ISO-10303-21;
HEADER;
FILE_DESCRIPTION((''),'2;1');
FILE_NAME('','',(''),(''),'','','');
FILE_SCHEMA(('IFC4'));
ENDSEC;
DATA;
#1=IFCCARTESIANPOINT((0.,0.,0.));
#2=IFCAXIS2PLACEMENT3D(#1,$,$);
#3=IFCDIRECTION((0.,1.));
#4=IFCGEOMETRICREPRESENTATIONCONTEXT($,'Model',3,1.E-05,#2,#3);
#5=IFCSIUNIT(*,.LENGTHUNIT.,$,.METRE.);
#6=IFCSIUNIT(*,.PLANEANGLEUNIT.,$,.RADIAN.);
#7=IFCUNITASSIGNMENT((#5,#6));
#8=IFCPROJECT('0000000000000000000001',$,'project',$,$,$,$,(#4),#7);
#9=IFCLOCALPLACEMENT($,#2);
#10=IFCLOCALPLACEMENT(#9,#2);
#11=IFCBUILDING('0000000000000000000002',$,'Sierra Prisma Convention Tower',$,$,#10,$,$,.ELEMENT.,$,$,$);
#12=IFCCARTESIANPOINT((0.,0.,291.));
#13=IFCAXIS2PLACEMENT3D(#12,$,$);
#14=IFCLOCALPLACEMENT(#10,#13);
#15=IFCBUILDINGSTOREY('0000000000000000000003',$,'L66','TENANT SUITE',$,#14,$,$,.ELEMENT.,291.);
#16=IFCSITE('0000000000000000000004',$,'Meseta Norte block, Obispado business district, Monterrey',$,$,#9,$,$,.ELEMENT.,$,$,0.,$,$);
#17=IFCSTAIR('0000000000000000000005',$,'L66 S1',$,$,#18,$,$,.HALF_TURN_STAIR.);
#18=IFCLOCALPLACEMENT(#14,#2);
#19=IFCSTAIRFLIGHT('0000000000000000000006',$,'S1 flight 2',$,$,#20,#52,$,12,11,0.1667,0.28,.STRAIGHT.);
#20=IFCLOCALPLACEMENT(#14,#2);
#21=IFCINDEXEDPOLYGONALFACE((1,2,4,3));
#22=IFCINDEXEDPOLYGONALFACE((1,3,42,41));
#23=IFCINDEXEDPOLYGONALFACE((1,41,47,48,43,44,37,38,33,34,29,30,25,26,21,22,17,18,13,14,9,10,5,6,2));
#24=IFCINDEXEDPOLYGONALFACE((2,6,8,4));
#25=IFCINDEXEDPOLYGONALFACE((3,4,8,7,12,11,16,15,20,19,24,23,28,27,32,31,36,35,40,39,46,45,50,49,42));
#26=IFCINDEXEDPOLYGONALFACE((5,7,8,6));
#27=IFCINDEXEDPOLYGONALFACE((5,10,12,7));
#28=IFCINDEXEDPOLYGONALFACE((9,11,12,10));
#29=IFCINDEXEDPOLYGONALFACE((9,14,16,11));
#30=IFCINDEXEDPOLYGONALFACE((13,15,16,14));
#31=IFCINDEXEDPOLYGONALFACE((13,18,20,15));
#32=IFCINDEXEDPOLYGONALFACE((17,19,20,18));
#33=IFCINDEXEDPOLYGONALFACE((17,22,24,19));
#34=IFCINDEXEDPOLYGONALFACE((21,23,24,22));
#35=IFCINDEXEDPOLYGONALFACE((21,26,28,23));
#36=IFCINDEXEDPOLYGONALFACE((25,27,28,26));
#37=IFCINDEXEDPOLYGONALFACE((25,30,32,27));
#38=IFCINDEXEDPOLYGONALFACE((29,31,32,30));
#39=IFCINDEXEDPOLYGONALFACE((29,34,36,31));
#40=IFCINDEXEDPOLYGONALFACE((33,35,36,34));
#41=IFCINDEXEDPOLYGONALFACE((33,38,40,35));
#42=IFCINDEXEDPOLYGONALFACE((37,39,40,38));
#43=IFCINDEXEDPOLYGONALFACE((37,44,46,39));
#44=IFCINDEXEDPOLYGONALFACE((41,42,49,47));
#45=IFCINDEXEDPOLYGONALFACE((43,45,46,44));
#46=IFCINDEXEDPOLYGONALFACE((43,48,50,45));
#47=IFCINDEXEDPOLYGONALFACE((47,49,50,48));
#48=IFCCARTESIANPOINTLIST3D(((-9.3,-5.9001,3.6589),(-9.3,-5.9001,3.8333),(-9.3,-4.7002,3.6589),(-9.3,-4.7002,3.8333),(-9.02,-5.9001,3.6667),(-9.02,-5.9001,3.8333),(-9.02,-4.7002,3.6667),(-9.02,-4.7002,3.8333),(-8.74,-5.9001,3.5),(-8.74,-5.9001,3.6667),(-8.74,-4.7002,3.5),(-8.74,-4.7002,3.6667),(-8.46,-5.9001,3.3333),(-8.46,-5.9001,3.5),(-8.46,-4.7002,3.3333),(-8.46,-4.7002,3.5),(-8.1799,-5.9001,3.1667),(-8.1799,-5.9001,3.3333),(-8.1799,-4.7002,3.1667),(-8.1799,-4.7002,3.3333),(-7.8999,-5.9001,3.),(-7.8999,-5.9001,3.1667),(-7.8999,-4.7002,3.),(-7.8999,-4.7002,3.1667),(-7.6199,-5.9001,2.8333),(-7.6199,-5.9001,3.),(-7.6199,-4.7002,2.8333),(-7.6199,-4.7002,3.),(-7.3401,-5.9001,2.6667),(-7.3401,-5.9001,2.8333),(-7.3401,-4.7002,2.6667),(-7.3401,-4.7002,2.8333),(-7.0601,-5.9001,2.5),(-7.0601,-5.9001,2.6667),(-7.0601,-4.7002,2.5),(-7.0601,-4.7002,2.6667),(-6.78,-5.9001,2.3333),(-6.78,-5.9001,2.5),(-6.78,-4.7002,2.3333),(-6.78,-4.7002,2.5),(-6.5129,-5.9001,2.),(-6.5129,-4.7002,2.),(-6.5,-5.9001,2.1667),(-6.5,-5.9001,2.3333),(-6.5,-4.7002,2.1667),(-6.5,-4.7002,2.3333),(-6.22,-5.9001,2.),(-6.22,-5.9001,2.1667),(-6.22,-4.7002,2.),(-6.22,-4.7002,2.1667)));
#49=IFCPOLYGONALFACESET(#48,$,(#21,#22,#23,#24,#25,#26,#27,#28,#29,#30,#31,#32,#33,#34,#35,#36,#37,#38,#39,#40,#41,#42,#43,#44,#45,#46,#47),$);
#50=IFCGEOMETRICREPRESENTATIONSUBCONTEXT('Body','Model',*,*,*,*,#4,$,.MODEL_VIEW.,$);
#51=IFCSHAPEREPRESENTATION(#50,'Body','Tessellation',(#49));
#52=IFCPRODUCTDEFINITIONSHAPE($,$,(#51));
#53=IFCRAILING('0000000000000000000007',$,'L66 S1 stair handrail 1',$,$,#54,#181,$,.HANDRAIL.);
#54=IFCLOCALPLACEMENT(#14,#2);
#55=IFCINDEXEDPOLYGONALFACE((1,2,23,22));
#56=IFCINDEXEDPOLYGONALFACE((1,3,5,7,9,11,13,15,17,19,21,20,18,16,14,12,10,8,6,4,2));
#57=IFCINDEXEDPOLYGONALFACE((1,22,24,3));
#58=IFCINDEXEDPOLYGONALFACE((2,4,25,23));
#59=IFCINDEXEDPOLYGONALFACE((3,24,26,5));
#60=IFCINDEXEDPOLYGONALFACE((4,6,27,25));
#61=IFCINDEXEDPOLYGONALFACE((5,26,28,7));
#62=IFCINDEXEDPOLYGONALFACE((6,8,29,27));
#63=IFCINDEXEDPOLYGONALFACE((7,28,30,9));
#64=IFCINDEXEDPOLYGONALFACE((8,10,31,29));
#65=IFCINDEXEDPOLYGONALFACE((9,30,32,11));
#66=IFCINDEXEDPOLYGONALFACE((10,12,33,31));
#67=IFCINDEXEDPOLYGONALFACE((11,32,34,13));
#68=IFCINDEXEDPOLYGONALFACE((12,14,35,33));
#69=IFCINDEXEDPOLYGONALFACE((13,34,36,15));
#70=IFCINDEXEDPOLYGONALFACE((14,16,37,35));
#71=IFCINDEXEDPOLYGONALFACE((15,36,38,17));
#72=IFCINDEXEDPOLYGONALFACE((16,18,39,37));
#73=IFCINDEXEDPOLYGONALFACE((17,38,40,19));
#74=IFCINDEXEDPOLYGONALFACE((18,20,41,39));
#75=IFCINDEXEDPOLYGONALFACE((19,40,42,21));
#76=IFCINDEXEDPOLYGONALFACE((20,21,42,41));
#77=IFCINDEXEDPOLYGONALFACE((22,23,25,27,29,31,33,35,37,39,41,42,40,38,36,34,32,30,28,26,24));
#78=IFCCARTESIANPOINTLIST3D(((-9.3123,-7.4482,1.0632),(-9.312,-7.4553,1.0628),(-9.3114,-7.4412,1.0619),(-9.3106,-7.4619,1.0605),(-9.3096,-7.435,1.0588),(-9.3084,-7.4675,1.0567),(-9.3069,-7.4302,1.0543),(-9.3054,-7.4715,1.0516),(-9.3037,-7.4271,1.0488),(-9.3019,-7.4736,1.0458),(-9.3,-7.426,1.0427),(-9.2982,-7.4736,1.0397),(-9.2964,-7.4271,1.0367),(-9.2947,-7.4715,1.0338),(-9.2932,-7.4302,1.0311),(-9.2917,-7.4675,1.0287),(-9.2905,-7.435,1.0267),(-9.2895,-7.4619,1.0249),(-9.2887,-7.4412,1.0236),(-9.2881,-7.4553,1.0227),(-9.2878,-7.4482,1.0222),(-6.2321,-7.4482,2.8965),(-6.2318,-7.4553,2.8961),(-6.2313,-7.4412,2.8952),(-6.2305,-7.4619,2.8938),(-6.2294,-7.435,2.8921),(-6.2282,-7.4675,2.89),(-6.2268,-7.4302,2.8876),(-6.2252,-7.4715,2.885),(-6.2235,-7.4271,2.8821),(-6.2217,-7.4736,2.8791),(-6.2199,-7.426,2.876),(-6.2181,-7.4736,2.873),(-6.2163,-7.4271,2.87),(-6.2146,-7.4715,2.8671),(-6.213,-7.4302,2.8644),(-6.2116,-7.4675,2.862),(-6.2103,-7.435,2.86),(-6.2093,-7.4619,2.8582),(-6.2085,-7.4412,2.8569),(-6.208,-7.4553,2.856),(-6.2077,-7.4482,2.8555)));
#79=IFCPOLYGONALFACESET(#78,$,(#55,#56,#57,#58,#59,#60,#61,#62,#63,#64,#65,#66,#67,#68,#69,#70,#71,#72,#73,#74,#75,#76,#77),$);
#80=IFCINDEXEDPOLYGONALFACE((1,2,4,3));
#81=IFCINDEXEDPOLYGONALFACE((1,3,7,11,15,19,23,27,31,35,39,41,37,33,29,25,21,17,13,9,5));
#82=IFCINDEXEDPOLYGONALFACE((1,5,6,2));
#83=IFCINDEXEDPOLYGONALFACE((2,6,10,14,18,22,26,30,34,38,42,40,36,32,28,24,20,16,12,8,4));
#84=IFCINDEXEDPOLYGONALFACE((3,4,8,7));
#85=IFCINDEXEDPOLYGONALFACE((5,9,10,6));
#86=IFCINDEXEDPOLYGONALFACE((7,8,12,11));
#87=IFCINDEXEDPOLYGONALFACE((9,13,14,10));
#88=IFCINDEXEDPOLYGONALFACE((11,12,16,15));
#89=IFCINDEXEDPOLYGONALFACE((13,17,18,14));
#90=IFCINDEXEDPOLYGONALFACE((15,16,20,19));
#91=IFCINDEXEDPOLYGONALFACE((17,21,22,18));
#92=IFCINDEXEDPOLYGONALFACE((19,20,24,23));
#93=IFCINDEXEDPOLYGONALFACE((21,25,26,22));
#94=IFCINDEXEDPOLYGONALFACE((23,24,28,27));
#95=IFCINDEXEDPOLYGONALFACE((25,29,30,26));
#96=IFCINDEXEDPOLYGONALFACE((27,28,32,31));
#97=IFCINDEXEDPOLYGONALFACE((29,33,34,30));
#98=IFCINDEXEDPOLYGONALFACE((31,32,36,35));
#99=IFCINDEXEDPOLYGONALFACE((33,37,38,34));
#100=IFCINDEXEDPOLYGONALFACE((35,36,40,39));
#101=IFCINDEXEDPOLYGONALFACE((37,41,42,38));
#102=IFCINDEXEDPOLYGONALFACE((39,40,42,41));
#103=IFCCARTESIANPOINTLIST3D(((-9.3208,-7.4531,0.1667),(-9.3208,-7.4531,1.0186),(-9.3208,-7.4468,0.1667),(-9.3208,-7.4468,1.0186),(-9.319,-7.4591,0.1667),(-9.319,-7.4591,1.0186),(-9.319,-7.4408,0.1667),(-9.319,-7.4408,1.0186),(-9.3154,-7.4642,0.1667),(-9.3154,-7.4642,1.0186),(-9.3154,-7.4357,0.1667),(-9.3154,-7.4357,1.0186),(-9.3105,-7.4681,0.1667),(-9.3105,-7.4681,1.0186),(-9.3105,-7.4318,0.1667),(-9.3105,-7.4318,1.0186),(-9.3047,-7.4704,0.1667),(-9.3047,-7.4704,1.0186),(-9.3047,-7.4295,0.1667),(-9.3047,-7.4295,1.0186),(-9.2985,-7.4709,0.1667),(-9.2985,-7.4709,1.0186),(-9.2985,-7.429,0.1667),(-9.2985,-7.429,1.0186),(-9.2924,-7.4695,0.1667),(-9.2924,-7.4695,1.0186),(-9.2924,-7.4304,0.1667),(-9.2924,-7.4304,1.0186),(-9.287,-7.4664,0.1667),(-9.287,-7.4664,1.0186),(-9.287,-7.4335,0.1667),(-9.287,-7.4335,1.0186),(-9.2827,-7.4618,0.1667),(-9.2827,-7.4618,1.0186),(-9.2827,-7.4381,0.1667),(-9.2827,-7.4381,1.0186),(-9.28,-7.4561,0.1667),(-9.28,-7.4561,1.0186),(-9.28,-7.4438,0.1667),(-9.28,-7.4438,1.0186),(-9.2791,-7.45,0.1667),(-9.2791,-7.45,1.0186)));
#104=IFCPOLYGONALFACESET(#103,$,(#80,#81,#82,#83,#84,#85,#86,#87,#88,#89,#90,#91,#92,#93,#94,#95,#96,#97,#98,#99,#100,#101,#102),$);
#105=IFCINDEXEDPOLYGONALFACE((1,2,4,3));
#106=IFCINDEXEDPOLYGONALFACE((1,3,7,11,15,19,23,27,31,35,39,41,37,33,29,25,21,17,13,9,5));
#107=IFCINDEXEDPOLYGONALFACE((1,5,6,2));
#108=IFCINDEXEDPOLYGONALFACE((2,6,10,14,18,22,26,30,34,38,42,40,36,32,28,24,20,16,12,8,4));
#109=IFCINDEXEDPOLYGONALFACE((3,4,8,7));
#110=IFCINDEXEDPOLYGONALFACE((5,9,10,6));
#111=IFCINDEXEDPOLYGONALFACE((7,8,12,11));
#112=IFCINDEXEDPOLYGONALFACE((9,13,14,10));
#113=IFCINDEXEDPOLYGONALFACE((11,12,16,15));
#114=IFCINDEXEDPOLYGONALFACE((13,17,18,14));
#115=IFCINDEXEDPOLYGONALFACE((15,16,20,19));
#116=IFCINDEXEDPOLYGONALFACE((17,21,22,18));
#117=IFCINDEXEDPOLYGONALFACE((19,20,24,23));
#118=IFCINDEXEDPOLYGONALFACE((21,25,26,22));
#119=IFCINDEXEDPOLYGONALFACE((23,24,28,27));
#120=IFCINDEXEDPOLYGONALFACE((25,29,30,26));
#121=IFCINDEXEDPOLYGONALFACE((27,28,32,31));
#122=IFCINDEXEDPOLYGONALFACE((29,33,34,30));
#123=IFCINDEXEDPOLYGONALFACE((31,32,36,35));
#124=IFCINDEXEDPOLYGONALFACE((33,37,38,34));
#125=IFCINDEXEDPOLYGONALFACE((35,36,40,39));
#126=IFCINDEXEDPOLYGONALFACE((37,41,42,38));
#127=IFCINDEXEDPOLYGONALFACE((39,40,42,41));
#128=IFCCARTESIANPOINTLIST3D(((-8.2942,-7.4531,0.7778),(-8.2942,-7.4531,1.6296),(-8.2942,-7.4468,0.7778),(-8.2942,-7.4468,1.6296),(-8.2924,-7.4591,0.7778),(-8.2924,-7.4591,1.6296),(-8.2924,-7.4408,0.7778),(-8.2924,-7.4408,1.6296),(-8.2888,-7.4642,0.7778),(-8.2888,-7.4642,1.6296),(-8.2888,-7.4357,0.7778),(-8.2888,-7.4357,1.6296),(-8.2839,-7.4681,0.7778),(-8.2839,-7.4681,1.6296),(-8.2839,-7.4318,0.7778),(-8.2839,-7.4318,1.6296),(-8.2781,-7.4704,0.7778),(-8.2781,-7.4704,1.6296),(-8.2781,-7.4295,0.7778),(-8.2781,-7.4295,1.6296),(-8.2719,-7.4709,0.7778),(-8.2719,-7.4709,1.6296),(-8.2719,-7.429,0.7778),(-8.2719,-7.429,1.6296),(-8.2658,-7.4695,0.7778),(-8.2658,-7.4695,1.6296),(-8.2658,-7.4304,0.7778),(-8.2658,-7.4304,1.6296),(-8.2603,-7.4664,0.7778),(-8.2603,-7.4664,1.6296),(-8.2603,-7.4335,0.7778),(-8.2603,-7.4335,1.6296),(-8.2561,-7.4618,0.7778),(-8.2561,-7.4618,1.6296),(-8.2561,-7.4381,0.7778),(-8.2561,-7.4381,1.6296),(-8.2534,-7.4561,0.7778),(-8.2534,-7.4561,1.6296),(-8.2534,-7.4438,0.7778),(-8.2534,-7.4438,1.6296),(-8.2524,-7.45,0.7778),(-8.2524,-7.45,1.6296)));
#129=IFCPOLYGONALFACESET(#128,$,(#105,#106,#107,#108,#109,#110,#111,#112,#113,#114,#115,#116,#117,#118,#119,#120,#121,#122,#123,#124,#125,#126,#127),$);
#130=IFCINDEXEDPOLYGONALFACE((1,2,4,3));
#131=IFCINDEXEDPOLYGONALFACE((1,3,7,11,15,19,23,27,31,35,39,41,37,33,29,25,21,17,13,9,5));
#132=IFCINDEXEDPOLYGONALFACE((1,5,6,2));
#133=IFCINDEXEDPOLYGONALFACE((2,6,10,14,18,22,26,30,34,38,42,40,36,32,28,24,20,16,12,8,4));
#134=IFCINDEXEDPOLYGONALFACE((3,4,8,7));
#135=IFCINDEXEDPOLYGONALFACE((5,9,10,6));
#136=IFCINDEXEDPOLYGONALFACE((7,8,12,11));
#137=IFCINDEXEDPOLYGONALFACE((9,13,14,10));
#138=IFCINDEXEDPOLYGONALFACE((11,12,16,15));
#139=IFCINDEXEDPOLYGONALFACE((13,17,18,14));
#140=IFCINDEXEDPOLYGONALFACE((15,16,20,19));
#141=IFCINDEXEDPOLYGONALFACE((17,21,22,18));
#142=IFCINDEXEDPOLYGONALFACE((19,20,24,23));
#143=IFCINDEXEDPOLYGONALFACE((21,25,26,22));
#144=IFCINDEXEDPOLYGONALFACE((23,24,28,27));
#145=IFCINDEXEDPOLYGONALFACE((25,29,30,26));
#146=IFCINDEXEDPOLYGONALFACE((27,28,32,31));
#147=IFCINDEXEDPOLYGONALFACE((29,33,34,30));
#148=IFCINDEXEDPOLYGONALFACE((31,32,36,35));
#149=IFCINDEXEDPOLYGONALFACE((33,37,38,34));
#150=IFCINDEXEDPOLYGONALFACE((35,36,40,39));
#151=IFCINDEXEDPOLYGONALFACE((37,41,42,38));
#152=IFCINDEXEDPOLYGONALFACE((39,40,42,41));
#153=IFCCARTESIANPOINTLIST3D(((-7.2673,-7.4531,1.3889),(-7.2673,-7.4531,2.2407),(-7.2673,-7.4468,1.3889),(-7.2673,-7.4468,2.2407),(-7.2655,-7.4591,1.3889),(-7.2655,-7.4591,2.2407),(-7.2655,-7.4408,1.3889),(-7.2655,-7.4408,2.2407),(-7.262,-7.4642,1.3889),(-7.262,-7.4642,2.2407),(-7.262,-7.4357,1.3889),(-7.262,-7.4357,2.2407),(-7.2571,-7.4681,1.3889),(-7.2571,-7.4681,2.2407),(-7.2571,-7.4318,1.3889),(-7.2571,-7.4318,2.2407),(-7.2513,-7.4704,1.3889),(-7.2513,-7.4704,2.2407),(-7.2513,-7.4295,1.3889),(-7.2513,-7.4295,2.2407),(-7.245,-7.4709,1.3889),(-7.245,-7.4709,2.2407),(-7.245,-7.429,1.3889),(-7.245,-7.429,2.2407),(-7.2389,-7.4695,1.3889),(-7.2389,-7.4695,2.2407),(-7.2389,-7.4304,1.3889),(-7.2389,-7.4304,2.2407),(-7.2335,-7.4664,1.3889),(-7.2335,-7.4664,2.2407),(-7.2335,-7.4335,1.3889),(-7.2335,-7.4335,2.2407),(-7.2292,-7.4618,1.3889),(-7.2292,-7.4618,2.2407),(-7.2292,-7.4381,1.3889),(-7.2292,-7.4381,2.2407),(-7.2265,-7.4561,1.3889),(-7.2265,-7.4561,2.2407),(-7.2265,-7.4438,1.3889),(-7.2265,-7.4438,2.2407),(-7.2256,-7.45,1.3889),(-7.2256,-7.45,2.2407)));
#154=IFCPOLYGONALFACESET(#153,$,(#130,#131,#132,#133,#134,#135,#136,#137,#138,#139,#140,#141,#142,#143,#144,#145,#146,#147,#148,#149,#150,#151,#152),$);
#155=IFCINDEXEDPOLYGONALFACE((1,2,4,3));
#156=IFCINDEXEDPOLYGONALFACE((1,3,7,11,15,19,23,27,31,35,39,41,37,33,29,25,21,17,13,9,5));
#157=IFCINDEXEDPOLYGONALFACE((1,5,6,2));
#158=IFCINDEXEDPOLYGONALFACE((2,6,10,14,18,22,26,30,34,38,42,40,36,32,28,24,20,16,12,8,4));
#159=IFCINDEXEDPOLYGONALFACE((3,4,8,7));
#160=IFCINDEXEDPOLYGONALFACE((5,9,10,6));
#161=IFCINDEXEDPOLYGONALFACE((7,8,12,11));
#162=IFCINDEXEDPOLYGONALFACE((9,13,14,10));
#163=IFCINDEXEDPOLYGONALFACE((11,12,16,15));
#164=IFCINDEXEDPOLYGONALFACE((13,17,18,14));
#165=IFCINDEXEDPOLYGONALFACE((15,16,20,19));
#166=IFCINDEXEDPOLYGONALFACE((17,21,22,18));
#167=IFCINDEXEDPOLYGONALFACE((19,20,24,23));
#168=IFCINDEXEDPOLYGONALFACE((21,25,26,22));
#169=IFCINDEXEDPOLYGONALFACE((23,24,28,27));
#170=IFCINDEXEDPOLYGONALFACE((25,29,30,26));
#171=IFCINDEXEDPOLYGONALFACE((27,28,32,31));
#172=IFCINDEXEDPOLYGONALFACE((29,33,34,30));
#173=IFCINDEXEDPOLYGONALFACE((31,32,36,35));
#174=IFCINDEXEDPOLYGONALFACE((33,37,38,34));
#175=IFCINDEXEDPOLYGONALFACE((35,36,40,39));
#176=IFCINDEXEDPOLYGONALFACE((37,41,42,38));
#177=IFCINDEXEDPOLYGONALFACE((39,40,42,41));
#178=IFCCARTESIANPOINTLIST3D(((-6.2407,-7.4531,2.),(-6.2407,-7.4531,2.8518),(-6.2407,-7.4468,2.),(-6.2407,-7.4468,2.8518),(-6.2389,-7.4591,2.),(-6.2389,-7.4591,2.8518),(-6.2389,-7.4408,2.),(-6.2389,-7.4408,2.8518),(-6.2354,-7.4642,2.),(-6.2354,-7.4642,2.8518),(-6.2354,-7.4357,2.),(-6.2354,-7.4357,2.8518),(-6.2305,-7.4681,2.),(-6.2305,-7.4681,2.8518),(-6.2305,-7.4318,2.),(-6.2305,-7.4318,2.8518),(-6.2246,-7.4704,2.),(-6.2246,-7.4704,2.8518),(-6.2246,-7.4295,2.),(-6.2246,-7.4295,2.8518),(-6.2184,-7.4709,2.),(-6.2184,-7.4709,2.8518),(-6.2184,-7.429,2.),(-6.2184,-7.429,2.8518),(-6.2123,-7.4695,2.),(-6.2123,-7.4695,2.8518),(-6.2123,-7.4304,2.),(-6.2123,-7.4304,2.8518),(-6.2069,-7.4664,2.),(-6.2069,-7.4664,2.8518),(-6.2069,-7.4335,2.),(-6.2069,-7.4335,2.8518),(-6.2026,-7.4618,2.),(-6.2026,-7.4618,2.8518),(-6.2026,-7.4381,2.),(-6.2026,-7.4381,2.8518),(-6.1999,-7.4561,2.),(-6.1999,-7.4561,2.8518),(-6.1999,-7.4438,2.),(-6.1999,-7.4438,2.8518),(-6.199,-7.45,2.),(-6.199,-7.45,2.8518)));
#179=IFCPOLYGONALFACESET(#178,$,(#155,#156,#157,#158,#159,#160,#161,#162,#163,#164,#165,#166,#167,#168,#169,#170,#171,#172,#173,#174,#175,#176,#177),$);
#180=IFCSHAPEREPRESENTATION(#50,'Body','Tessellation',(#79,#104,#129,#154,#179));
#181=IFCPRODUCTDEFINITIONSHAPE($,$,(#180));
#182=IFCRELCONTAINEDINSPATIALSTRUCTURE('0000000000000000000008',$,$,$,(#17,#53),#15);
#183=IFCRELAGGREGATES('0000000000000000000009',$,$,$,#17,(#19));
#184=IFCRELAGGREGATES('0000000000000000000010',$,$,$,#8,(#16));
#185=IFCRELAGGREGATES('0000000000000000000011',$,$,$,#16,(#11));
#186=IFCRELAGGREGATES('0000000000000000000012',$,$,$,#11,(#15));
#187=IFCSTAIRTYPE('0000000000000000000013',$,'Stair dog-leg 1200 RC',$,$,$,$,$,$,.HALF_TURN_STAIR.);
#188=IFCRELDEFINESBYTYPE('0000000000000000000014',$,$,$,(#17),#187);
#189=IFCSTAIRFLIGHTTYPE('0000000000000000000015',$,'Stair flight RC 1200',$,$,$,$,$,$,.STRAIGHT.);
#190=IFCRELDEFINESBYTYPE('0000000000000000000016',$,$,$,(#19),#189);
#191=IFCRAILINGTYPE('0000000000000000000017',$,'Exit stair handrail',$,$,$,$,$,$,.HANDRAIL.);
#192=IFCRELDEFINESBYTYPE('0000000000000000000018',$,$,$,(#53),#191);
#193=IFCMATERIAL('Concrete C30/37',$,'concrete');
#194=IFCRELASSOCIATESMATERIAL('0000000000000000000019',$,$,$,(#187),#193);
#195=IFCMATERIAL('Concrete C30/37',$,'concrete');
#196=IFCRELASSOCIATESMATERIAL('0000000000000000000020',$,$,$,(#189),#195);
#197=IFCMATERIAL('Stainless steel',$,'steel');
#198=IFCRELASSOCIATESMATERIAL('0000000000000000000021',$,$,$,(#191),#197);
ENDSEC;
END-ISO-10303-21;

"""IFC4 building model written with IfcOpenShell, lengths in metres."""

from ifc_helpers import new_model, si_unit, direction, frame, origin, origin_2d, place, context, subcontext, project, spatial, polyline, circle, outline, extrude, material, type_object, element, aggregate, save


model = new_model("IFC4")

# Units and contexts
model_context = context("Model", 3, precision=1e-05, world=origin(), true_north=direction((0.0, 1.0)))
body_context = subcontext(model_context, "Body", "Model", "MODEL_VIEW")
ifc_project = project(units=[si_unit("LENGTHUNIT", "METRE"), si_unit("PLANEANGLEUNIT", "RADIAN")], contexts=[model_context])

# Site, building, storey
site_placement = place(None, origin())
site = spatial("IfcSite", under=ifc_project, at=site_placement, Name="Meseta Norte block, Obispado business district, Monterrey", CompositionType="ELEMENT", RefElevation=0.0)
building_placement = place(site_placement, origin())
building = spatial("IfcBuilding", under=site, at=building_placement, Name="Sierra Prisma Convention Tower", CompositionType="ELEMENT")
storey_placement = place(building_placement, frame((0.0, 0.0, 291.0)))
storey = spatial("IfcBuildingStorey", under=building, at=storey_placement, Name="L66", Description="TENANT SUITE", CompositionType="ELEMENT", Elevation=291.0)

# Stair, stair flight
ifc_material_1 = material(Name="Concrete C30/37", Category="concrete")
stair_type = type_object("IfcStairType", Name="Stair dog-leg 1200 RC", PredefinedType="HALF_TURN_STAIR", material=ifc_material_1)
stair_placement = place(storey_placement, origin())
stair = element("IfcStair", 1, at=stair_placement, inside=storey, type_object=stair_type, Name="L66 S1", PredefinedType="HALF_TURN_STAIR")
ifc_material_2 = material(Name="Concrete C30/37", Category="concrete")
stair_flight_type = type_object("IfcStairFlightType", Name="Stair flight RC 1200", PredefinedType="STRAIGHT", material=ifc_material_2)
stair_flight_1_placement = place(storey_placement, frame((-6.22, -5.3, 2.0), z_axis=(0.0, 0.0, 1.0), x_axis=(-1.0, 0.0, 0.0)))
stair_flight_1 = element("IfcStairFlight", 2, at=stair_flight_1_placement, type_object=stair_flight_type, Name="S1 flight 2", NumberOfRisers=12, NumberOfTreads=11, PredefinedType="STRAIGHT", RiserHeight=0.1667, TreadLength=0.28, context=body_context, shape_type="SweptSolid", body=[
    extrude(outline(polyline([(0.0, 0.0), (0.0, 0.1667), (0.28, 0.1667), (0.28, 0.3333), (0.5601, 0.3333), (0.5601, 0.5), (0.8401, 0.5), (0.8401, 0.6667), (1.1201, 0.6667), (1.1201, 0.8333), (1.3999, 0.8333), (1.3999, 1.0), (1.6799, 1.0), (1.6799, 1.1667), (1.96, 1.1667), (1.96, 1.3333), (2.24, 1.3333), (2.24, 1.5), (2.52, 1.5), (2.52, 1.6667), (2.8, 1.6667), (2.8, 1.8333), (3.0801, 1.8333), (3.0801, 2.0), (3.0801, 1.6589), (0.293, 0.0), (0.0, 0.0)])), frame((0.0, 0.6001, 0.0), z_axis=(0.0, -1.0, 0.0), x_axis=(1.0, 0.0, 0.0)), (0.0, 0.0, 1.0), 1.2),
])
aggregate(stair, [stair_flight_1])

# Railing
ifc_material_3 = material(Name="Stainless steel", Category="steel")
railing_type_1 = type_object("IfcRailingType", Name="Exit stair handrail", PredefinedType="HANDRAIL", material=ifc_material_3)
railing_1_placement = place(storey_placement, frame((-9.3, -7.45, 0.1667)))
element("IfcRailing", 3, at=railing_1_placement, inside=storey, type_object=railing_type_1, Name="L66 S1 stair handrail 1", PredefinedType="HANDRAIL", context=body_context, shape_type="SweptSolid", body=[
    extrude(circle(Radius=0.0239, at=origin_2d()), frame((0.0, 0.0, 0.876), z_axis=(0.859309, 0.0, 0.511458), x_axis=(0.0, 1.0, 0.0)), (0.0, 0.0, 1.0), 3.5845),
    extrude(circle(Radius=0.021, at=origin_2d()), origin(), (0.0, 0.0, 1.0), 0.8518),
    extrude(circle(Radius=0.021, at=origin_2d()), frame((1.0266, 0.0, 0.6111)), (0.0, 0.0, 1.0), 0.8518),
    extrude(circle(Radius=0.021, at=origin_2d()), frame((2.0535, 0.0, 1.2222)), (0.0, 0.0, 1.0), 0.8518),
    extrude(circle(Radius=0.021, at=origin_2d()), frame((3.0801, 0.0, 1.8333)), (0.0, 0.0, 1.0), 0.8518),
])

save(model, "model.ifc")
